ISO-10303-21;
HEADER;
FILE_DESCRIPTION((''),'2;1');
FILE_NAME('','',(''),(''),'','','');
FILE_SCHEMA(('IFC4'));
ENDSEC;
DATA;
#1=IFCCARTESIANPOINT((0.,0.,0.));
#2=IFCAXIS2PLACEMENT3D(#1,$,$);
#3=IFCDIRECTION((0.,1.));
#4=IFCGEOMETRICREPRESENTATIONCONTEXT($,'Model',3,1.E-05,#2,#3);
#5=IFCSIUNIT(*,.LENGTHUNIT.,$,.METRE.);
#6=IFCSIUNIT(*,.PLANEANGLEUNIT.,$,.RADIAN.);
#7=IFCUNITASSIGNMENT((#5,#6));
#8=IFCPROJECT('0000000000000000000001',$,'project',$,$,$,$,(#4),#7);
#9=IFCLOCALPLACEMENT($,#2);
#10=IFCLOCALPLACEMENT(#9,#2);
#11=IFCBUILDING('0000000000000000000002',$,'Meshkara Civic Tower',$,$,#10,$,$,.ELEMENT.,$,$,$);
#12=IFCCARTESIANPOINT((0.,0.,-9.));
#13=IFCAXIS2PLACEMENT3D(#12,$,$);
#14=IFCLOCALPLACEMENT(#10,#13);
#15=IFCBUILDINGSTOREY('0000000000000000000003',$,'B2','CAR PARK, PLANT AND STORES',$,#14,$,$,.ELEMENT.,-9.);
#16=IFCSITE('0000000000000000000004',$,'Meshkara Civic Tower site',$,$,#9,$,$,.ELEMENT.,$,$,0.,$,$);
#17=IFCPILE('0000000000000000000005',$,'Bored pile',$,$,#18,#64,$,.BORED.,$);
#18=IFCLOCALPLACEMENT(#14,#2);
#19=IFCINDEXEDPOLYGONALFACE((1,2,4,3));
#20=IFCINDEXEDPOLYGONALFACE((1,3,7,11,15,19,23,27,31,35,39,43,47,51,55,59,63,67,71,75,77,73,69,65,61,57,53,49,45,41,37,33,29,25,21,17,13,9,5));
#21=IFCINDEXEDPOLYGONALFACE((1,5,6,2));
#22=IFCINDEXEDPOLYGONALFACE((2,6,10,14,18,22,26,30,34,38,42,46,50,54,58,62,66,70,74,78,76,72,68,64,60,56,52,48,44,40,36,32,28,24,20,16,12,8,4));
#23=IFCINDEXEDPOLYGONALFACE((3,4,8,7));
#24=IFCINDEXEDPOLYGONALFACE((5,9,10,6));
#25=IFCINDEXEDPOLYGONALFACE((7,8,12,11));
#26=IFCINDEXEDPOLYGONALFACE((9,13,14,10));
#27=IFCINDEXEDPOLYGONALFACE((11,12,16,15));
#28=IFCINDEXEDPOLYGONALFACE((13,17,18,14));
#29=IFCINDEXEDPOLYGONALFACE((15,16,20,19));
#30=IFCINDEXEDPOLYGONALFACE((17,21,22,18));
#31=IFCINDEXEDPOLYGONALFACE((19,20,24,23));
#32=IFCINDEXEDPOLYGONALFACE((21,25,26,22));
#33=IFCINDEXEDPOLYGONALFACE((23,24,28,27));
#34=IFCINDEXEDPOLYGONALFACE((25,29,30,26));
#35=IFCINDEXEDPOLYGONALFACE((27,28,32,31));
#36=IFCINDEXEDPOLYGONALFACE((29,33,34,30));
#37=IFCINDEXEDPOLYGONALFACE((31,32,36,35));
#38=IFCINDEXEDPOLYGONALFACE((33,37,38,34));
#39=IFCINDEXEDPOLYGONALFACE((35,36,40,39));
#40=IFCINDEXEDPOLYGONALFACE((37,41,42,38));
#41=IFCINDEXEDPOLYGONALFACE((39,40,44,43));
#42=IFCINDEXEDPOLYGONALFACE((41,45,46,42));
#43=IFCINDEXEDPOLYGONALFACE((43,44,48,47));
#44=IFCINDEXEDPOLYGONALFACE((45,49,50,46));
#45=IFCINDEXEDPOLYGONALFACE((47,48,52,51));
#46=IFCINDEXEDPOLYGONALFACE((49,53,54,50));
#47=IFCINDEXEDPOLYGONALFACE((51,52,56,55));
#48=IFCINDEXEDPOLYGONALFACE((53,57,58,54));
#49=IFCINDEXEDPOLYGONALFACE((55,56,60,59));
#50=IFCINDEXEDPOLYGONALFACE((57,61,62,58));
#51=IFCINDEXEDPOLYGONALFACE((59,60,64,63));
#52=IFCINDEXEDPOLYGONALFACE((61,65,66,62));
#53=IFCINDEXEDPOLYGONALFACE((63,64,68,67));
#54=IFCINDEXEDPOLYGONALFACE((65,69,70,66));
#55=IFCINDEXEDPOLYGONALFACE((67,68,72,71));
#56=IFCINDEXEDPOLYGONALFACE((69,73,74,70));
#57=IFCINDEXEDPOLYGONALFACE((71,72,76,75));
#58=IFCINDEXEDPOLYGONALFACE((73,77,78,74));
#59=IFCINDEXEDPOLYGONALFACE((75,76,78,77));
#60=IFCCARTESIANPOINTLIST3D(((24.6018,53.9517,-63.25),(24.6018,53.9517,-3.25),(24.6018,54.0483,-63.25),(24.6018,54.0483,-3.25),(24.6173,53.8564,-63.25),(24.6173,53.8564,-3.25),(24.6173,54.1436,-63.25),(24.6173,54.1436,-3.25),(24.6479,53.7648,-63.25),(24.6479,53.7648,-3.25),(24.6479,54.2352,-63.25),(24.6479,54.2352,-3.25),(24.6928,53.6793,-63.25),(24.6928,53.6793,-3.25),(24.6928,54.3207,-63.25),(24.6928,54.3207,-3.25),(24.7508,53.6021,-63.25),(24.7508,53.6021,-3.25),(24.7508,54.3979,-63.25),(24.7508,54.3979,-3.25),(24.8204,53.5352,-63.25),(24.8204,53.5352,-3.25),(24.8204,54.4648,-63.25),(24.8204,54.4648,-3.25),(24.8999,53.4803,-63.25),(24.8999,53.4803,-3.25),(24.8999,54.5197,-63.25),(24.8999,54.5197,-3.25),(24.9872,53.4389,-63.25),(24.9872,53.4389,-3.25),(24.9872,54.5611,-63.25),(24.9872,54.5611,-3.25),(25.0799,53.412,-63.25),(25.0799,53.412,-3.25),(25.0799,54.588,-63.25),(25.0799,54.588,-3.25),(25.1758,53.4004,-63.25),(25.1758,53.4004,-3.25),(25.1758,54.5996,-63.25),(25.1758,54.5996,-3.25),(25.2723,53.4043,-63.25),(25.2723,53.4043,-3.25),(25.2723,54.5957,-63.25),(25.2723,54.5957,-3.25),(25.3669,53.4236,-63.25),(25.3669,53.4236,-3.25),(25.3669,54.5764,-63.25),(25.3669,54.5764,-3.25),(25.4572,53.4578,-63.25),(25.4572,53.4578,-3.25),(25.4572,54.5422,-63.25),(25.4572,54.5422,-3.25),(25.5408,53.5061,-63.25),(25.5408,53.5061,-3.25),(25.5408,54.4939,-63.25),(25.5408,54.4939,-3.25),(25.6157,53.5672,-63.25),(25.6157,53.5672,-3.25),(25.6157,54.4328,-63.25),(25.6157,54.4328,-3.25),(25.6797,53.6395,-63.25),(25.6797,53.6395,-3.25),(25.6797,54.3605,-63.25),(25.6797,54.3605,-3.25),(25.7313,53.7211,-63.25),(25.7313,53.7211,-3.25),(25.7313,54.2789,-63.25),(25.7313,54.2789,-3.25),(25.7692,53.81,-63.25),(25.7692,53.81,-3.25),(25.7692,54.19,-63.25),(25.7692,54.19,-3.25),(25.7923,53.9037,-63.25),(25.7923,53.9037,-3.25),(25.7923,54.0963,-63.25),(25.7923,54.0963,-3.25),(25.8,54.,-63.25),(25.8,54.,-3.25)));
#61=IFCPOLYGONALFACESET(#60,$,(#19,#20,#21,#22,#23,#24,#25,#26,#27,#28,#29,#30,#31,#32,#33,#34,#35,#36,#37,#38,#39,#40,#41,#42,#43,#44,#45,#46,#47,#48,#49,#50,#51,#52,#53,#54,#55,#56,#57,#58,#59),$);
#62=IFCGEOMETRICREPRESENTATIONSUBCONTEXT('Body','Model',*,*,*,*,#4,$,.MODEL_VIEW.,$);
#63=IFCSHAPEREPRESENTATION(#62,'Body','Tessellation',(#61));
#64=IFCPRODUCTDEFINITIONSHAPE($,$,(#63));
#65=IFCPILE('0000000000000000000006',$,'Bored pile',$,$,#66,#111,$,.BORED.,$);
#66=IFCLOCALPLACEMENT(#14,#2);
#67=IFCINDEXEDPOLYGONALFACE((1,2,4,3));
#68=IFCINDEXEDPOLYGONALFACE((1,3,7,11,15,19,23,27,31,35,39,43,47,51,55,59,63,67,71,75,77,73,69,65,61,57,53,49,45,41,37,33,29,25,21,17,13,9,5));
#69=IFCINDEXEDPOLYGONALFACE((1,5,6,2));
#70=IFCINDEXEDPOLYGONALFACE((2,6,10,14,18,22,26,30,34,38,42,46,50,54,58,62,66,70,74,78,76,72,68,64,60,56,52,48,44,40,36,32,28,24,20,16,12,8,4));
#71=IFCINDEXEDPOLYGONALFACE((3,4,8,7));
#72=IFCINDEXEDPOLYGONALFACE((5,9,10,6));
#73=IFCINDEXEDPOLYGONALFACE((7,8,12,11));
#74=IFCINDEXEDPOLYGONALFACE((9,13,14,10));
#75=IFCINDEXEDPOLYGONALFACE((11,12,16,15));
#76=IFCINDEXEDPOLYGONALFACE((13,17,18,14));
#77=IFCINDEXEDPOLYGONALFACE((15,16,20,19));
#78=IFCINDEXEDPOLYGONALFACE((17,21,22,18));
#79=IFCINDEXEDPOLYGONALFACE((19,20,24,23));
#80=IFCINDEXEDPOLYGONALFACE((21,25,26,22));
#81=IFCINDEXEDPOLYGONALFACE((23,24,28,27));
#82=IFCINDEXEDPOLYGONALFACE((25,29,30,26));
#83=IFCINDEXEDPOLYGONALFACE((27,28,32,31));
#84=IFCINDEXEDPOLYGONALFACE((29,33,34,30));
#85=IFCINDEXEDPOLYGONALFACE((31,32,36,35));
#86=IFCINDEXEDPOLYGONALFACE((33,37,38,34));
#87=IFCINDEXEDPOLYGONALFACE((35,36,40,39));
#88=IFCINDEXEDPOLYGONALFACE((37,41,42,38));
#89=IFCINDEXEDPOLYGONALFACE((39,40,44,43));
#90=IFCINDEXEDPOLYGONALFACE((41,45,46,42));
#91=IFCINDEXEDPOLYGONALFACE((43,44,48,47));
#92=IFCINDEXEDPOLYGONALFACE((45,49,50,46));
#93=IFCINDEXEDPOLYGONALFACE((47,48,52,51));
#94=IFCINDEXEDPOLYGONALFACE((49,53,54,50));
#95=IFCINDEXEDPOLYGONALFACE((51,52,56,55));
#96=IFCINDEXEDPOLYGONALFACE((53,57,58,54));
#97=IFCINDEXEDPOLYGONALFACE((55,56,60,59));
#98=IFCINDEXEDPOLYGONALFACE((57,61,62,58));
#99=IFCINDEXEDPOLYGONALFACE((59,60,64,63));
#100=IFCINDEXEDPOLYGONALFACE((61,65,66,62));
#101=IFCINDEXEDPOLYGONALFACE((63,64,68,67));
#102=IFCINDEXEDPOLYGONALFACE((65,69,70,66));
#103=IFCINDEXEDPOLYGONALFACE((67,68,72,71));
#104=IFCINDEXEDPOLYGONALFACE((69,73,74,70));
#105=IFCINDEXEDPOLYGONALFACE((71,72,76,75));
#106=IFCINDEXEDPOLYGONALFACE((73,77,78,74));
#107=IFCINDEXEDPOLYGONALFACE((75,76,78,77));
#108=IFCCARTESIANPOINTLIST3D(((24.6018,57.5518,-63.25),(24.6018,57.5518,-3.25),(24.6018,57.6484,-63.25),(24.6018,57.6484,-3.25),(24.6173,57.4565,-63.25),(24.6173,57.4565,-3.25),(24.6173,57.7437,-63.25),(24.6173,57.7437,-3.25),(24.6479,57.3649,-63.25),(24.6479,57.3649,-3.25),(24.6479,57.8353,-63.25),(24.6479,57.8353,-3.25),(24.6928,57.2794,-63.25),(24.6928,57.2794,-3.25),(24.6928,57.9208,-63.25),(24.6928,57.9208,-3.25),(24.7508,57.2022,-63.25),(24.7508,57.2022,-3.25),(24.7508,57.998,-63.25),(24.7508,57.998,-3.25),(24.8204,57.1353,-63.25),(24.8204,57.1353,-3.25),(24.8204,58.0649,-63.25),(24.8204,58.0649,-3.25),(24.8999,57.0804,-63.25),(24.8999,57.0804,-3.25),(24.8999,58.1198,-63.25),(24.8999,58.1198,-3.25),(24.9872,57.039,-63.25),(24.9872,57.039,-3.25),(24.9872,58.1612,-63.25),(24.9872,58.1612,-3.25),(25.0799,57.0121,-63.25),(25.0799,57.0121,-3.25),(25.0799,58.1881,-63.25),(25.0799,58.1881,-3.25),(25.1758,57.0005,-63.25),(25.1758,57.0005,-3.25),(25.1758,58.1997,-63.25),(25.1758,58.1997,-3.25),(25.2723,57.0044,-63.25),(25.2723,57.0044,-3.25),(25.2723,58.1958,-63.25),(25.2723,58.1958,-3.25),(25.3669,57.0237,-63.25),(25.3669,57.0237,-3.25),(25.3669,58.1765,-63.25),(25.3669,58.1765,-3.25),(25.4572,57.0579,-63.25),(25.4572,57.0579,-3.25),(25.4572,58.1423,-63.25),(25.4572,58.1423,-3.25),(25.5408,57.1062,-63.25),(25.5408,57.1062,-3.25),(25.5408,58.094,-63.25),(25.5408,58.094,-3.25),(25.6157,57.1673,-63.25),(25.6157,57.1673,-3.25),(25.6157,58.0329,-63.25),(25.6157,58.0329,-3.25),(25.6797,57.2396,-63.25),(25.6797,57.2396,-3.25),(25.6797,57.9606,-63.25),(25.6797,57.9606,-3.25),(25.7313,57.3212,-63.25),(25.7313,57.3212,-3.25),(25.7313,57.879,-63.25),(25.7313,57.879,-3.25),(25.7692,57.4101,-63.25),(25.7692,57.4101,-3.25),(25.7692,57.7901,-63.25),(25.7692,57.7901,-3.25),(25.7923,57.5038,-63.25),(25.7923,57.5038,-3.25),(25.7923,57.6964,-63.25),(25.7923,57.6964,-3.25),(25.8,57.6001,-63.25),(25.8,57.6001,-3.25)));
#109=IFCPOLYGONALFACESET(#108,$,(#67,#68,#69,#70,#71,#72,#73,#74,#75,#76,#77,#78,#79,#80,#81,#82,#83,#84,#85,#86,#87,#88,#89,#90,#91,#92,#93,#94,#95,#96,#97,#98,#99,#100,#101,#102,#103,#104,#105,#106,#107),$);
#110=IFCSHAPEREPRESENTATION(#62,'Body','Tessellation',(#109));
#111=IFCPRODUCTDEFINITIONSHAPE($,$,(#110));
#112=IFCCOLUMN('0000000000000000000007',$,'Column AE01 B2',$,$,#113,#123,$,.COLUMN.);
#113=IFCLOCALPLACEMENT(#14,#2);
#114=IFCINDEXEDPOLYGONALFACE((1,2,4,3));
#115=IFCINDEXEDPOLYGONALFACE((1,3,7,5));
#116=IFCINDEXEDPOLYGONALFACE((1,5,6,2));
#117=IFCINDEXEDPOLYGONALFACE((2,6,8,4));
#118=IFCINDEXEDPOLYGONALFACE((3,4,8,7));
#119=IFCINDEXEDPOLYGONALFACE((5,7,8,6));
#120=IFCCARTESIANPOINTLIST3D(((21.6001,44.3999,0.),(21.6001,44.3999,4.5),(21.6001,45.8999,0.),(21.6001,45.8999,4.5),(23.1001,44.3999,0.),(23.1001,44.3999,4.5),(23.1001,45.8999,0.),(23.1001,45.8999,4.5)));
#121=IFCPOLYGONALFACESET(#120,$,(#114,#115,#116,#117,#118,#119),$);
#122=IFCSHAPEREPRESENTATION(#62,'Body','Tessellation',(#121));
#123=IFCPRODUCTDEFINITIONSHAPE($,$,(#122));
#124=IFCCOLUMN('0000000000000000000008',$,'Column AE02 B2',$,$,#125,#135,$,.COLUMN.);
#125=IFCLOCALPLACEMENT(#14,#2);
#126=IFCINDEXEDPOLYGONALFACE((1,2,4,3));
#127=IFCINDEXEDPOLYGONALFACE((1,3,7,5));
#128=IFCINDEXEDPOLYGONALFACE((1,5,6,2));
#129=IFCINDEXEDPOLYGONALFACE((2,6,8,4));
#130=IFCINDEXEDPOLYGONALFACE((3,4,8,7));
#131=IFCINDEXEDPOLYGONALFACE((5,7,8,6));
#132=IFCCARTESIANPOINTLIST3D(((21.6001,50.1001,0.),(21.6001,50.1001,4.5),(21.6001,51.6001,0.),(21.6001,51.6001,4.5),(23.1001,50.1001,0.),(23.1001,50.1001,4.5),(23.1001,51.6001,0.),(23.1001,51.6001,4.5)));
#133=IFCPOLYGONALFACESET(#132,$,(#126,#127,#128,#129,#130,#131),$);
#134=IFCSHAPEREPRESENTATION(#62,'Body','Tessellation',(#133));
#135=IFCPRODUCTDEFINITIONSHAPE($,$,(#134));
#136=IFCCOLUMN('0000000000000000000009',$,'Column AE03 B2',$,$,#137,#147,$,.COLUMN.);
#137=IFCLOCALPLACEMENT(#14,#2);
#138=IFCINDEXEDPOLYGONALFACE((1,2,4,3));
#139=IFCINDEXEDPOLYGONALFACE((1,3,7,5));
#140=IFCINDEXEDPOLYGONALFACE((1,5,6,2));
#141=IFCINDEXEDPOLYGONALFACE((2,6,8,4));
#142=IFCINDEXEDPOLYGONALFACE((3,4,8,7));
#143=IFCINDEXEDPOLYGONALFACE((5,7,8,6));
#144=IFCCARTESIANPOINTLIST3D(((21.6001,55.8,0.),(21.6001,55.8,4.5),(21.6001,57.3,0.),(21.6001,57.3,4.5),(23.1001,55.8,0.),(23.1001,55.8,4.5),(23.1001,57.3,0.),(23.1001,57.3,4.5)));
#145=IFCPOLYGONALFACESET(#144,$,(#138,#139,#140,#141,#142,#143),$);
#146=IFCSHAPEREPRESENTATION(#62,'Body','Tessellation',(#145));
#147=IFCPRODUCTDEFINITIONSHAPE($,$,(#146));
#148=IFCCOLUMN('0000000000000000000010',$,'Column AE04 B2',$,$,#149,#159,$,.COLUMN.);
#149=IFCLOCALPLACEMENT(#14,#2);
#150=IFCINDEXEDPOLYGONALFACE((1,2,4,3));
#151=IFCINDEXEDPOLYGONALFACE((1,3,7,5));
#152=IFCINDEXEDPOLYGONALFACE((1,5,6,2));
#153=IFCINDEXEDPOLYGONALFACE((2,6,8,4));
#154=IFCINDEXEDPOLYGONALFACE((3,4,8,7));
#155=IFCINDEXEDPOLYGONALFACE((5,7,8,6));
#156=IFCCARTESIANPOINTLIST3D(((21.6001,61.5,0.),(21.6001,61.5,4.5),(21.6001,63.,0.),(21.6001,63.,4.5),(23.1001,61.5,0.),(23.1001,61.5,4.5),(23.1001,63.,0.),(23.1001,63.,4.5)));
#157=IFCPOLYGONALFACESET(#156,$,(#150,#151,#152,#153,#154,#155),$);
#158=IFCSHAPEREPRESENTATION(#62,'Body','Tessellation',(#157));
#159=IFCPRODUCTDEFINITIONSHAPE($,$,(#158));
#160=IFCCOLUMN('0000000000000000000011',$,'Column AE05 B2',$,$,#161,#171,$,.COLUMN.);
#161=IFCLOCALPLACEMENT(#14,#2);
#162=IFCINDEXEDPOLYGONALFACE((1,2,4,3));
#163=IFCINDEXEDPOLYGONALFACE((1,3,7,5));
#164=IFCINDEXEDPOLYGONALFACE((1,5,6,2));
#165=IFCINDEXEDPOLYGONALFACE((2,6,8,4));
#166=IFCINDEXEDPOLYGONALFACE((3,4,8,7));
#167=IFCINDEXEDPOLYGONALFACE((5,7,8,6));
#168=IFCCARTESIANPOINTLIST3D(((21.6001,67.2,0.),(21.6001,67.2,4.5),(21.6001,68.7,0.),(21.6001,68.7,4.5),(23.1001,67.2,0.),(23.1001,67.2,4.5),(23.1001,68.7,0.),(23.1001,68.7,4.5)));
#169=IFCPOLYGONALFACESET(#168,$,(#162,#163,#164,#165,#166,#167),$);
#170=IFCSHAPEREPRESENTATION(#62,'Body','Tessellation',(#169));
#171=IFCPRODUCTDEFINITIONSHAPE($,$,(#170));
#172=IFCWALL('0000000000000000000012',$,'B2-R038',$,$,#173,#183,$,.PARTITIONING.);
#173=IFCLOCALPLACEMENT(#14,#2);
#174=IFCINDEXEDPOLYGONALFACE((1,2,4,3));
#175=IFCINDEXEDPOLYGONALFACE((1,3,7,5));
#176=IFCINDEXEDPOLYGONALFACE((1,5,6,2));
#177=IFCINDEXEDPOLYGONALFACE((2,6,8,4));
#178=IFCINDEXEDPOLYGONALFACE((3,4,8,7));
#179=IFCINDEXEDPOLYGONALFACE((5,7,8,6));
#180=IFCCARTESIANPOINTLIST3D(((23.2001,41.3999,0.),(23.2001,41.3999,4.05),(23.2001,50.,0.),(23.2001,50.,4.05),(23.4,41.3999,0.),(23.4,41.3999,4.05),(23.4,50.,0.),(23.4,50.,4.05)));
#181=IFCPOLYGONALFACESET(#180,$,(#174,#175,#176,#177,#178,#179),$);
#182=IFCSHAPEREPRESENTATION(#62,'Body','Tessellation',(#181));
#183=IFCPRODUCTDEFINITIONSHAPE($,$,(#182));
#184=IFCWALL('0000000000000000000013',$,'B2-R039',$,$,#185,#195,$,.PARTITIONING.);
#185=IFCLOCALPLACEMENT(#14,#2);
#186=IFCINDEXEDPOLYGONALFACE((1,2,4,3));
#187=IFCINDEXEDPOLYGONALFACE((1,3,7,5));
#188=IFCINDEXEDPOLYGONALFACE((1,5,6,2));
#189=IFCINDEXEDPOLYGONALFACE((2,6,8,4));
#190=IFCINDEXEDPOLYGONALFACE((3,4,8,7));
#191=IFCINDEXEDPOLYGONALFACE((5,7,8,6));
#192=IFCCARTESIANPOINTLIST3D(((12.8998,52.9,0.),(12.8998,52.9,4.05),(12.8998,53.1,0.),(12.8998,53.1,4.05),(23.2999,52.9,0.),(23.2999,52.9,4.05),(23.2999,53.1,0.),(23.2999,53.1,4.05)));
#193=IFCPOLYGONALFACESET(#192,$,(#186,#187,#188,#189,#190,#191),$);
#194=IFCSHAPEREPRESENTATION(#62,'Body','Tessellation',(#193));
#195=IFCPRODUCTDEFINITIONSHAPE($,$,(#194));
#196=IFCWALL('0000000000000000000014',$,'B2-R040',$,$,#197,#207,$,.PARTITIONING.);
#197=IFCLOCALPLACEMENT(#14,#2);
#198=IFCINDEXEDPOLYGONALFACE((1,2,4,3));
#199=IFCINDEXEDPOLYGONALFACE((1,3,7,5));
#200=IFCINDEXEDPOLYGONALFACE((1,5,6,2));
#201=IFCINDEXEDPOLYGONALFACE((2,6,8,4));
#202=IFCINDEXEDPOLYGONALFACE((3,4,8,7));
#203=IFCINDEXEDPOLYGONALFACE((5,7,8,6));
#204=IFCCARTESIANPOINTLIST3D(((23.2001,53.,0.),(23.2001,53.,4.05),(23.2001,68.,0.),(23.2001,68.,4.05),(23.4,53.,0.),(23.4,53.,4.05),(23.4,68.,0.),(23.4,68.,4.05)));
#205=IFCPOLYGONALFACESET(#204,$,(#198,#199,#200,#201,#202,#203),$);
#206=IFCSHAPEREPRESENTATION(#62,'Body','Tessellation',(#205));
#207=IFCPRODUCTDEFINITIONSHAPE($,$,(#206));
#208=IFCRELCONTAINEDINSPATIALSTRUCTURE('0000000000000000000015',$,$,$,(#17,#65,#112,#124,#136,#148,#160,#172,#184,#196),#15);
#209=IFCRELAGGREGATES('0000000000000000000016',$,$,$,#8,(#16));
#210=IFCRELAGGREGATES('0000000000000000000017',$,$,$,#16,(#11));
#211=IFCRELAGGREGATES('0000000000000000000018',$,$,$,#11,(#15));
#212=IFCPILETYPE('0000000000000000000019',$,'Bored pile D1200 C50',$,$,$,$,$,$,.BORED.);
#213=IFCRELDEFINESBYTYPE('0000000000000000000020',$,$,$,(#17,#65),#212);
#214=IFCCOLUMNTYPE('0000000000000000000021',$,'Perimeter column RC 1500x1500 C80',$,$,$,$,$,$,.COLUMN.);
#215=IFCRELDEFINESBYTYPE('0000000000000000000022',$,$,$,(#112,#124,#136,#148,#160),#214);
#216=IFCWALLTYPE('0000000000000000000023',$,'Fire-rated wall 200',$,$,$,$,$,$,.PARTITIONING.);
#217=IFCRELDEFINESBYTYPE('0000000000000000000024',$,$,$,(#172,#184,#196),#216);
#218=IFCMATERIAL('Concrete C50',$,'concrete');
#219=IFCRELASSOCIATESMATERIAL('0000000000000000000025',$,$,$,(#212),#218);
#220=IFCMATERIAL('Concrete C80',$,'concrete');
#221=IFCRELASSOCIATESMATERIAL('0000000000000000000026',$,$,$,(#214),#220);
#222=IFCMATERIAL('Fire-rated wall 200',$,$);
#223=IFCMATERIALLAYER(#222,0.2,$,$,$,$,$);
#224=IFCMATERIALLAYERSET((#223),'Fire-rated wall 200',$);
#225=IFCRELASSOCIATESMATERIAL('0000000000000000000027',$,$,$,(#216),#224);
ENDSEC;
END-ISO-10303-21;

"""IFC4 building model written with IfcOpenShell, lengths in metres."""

from ifc_helpers import new_model, si_unit, direction, frame, frame_2d, origin, origin_2d, place, context, subcontext, project, spatial, rectangle, circle, extrude, material, layer, layer_set, material_profile, profile_set, type_object, element, save


model = new_model("IFC4")

# Units and contexts
model_context = context("Model", 3, precision=1e-05, world=origin(), true_north=direction((0.0, 1.0)))
body_context = subcontext(model_context, "Body", "Model", "MODEL_VIEW")
ifc_project = project(units=[si_unit("LENGTHUNIT", "METRE"), si_unit("PLANEANGLEUNIT", "RADIAN")], contexts=[model_context])

# Site, building, storey
site_placement = place(None, origin())
site = spatial("IfcSite", under=ifc_project, at=site_placement, Name="Meshkara Civic Tower site", CompositionType="ELEMENT", RefElevation=0.0)
building_placement = place(site_placement, origin())
building = spatial("IfcBuilding", under=site, at=building_placement, Name="Meshkara Civic Tower", CompositionType="ELEMENT")
storey_placement = place(building_placement, frame((0.0, 0.0, -9.0)))
storey = spatial("IfcBuildingStorey", under=building, at=storey_placement, Name="B2", Description="CAR PARK, PLANT AND STORES", CompositionType="ELEMENT", Elevation=-9.0)

# Piles
ifc_material_1 = material(Name="Concrete C50", Category="concrete")
ifc_material_profile_1 = material_profile(ifc_material_1, circle(Radius=0.6001, at=origin_2d()))
ifc_profile_set_1 = profile_set([ifc_material_profile_1], Name="Concrete C50")
pile_type = type_object("IfcPileType", Name="Bored pile D1200 C50", PredefinedType="BORED", material=ifc_profile_set_1)
for number, where, z_axis, x_axis, name in (
    (1, (25.2, 54.0, -3.25), (0.0, 0.0, -1.0), (1.0, 0.0, 0.0), "Bored pile"),
    (2, (25.2, 57.6001, -3.25), (0.0, 0.0, -1.0), (1.0, 0.0, 0.0), "Bored pile"),
):
    element("IfcPile", number, at=place(storey_placement, frame(where, z_axis=z_axis, x_axis=x_axis)), inside=storey, type_object=pile_type, Name=name, PredefinedType="BORED", context=body_context, shape_type="SweptSolid", body=[
        extrude(circle(Radius=0.6001, at=origin_2d()), origin(), (0.0, 0.0, 1.0), 60.0),
    ])

# Columns
ifc_material_2 = material(Name="Concrete C80", Category="concrete")
ifc_material_profile_2 = material_profile(ifc_material_2, rectangle(XDim=1.5, YDim=1.5, at=origin_2d()))
ifc_profile_set_2 = profile_set([ifc_material_profile_2], Name="Concrete C80")
column_type = type_object("IfcColumnType", Name="Perimeter column RC 1500x1500 C80", PredefinedType="COLUMN", material=ifc_profile_set_2)
for number, where, z_axis, x_axis, name in (
    (3, (22.3501, 45.1499, 0.0), (0.0, 0.0, 1.0), (1.0, 0.0, 0.0), "Column AE01 B2"),
    (4, (22.3501, 50.8501, 0.0), (0.0, 0.0, 1.0), (1.0, 0.0, 0.0), "Column AE02 B2"),
    (5, (22.3501, 56.55, 0.0), (0.0, 0.0, 1.0), (1.0, 0.0, 0.0), "Column AE03 B2"),
    (6, (22.3501, 62.25, 0.0), (0.0, 0.0, 1.0), (1.0, 0.0, 0.0), "Column AE04 B2"),
    (7, (22.3501, 67.95, 0.0), (0.0, 0.0, 1.0), (1.0, 0.0, 0.0), "Column AE05 B2"),
):
    element("IfcColumn", number, at=place(storey_placement, frame(where, z_axis=z_axis, x_axis=x_axis)), inside=storey, type_object=column_type, Name=name, PredefinedType="COLUMN", context=body_context, shape_type="SweptSolid", body=[
        extrude(rectangle(XDim=1.5, YDim=1.5, at=origin_2d()), origin(), (0.0, 0.0, 1.0), 4.5),
    ])

# Walls
ifc_material_3 = material(Name="Fire-rated wall 200")
ifc_layer = layer(ifc_material_3, 0.2)
ifc_layer_set = layer_set([ifc_layer], Name="Fire-rated wall 200")
wall_type = type_object("IfcWallType", Name="Fire-rated wall 200", PredefinedType="PARTITIONING", material=ifc_layer_set)
wall_1_placement = place(storey_placement, frame((23.3, 50.0, 0.0), z_axis=(0.0, 0.0, 1.0), x_axis=(0.0, -1.0, 0.0)))
element("IfcWall", 8, at=wall_1_placement, inside=storey, type_object=wall_type, Name="B2-R038", PredefinedType="PARTITIONING", context=body_context, shape_type="SweptSolid", body=[
    extrude(rectangle(XDim=8.6001, YDim=0.2, at=frame_2d((4.3, 0.0))), origin(), (0.0, 0.0, 1.0), 4.05),
])
wall_2_placement = place(storey_placement, frame((23.3, 53.0, 0.0), z_axis=(0.0, 0.0, 1.0), x_axis=(-1.0, 0.0, 0.0)))
element("IfcWall", 9, at=wall_2_placement, inside=storey, type_object=wall_type, Name="B2-R039", PredefinedType="PARTITIONING", context=body_context, shape_type="SweptSolid", body=[
    extrude(rectangle(XDim=10.4001, YDim=0.2, at=frame_2d((5.2002, 0.0))), origin(), (0.0, 0.0, 1.0), 4.05),
])
wall_3_placement = place(storey_placement, frame((23.3, 68.0, 0.0), z_axis=(0.0, 0.0, 1.0), x_axis=(0.0, -1.0, 0.0)))
element("IfcWall", 10, at=wall_3_placement, inside=storey, type_object=wall_type, Name="B2-R040", PredefinedType="PARTITIONING", context=body_context, shape_type="SweptSolid", body=[
    extrude(rectangle(XDim=15.0, YDim=0.2, at=frame_2d((7.5, 0.0))), origin(), (0.0, 0.0, 1.0), 4.05),
])

save(model, "model.ifc")
